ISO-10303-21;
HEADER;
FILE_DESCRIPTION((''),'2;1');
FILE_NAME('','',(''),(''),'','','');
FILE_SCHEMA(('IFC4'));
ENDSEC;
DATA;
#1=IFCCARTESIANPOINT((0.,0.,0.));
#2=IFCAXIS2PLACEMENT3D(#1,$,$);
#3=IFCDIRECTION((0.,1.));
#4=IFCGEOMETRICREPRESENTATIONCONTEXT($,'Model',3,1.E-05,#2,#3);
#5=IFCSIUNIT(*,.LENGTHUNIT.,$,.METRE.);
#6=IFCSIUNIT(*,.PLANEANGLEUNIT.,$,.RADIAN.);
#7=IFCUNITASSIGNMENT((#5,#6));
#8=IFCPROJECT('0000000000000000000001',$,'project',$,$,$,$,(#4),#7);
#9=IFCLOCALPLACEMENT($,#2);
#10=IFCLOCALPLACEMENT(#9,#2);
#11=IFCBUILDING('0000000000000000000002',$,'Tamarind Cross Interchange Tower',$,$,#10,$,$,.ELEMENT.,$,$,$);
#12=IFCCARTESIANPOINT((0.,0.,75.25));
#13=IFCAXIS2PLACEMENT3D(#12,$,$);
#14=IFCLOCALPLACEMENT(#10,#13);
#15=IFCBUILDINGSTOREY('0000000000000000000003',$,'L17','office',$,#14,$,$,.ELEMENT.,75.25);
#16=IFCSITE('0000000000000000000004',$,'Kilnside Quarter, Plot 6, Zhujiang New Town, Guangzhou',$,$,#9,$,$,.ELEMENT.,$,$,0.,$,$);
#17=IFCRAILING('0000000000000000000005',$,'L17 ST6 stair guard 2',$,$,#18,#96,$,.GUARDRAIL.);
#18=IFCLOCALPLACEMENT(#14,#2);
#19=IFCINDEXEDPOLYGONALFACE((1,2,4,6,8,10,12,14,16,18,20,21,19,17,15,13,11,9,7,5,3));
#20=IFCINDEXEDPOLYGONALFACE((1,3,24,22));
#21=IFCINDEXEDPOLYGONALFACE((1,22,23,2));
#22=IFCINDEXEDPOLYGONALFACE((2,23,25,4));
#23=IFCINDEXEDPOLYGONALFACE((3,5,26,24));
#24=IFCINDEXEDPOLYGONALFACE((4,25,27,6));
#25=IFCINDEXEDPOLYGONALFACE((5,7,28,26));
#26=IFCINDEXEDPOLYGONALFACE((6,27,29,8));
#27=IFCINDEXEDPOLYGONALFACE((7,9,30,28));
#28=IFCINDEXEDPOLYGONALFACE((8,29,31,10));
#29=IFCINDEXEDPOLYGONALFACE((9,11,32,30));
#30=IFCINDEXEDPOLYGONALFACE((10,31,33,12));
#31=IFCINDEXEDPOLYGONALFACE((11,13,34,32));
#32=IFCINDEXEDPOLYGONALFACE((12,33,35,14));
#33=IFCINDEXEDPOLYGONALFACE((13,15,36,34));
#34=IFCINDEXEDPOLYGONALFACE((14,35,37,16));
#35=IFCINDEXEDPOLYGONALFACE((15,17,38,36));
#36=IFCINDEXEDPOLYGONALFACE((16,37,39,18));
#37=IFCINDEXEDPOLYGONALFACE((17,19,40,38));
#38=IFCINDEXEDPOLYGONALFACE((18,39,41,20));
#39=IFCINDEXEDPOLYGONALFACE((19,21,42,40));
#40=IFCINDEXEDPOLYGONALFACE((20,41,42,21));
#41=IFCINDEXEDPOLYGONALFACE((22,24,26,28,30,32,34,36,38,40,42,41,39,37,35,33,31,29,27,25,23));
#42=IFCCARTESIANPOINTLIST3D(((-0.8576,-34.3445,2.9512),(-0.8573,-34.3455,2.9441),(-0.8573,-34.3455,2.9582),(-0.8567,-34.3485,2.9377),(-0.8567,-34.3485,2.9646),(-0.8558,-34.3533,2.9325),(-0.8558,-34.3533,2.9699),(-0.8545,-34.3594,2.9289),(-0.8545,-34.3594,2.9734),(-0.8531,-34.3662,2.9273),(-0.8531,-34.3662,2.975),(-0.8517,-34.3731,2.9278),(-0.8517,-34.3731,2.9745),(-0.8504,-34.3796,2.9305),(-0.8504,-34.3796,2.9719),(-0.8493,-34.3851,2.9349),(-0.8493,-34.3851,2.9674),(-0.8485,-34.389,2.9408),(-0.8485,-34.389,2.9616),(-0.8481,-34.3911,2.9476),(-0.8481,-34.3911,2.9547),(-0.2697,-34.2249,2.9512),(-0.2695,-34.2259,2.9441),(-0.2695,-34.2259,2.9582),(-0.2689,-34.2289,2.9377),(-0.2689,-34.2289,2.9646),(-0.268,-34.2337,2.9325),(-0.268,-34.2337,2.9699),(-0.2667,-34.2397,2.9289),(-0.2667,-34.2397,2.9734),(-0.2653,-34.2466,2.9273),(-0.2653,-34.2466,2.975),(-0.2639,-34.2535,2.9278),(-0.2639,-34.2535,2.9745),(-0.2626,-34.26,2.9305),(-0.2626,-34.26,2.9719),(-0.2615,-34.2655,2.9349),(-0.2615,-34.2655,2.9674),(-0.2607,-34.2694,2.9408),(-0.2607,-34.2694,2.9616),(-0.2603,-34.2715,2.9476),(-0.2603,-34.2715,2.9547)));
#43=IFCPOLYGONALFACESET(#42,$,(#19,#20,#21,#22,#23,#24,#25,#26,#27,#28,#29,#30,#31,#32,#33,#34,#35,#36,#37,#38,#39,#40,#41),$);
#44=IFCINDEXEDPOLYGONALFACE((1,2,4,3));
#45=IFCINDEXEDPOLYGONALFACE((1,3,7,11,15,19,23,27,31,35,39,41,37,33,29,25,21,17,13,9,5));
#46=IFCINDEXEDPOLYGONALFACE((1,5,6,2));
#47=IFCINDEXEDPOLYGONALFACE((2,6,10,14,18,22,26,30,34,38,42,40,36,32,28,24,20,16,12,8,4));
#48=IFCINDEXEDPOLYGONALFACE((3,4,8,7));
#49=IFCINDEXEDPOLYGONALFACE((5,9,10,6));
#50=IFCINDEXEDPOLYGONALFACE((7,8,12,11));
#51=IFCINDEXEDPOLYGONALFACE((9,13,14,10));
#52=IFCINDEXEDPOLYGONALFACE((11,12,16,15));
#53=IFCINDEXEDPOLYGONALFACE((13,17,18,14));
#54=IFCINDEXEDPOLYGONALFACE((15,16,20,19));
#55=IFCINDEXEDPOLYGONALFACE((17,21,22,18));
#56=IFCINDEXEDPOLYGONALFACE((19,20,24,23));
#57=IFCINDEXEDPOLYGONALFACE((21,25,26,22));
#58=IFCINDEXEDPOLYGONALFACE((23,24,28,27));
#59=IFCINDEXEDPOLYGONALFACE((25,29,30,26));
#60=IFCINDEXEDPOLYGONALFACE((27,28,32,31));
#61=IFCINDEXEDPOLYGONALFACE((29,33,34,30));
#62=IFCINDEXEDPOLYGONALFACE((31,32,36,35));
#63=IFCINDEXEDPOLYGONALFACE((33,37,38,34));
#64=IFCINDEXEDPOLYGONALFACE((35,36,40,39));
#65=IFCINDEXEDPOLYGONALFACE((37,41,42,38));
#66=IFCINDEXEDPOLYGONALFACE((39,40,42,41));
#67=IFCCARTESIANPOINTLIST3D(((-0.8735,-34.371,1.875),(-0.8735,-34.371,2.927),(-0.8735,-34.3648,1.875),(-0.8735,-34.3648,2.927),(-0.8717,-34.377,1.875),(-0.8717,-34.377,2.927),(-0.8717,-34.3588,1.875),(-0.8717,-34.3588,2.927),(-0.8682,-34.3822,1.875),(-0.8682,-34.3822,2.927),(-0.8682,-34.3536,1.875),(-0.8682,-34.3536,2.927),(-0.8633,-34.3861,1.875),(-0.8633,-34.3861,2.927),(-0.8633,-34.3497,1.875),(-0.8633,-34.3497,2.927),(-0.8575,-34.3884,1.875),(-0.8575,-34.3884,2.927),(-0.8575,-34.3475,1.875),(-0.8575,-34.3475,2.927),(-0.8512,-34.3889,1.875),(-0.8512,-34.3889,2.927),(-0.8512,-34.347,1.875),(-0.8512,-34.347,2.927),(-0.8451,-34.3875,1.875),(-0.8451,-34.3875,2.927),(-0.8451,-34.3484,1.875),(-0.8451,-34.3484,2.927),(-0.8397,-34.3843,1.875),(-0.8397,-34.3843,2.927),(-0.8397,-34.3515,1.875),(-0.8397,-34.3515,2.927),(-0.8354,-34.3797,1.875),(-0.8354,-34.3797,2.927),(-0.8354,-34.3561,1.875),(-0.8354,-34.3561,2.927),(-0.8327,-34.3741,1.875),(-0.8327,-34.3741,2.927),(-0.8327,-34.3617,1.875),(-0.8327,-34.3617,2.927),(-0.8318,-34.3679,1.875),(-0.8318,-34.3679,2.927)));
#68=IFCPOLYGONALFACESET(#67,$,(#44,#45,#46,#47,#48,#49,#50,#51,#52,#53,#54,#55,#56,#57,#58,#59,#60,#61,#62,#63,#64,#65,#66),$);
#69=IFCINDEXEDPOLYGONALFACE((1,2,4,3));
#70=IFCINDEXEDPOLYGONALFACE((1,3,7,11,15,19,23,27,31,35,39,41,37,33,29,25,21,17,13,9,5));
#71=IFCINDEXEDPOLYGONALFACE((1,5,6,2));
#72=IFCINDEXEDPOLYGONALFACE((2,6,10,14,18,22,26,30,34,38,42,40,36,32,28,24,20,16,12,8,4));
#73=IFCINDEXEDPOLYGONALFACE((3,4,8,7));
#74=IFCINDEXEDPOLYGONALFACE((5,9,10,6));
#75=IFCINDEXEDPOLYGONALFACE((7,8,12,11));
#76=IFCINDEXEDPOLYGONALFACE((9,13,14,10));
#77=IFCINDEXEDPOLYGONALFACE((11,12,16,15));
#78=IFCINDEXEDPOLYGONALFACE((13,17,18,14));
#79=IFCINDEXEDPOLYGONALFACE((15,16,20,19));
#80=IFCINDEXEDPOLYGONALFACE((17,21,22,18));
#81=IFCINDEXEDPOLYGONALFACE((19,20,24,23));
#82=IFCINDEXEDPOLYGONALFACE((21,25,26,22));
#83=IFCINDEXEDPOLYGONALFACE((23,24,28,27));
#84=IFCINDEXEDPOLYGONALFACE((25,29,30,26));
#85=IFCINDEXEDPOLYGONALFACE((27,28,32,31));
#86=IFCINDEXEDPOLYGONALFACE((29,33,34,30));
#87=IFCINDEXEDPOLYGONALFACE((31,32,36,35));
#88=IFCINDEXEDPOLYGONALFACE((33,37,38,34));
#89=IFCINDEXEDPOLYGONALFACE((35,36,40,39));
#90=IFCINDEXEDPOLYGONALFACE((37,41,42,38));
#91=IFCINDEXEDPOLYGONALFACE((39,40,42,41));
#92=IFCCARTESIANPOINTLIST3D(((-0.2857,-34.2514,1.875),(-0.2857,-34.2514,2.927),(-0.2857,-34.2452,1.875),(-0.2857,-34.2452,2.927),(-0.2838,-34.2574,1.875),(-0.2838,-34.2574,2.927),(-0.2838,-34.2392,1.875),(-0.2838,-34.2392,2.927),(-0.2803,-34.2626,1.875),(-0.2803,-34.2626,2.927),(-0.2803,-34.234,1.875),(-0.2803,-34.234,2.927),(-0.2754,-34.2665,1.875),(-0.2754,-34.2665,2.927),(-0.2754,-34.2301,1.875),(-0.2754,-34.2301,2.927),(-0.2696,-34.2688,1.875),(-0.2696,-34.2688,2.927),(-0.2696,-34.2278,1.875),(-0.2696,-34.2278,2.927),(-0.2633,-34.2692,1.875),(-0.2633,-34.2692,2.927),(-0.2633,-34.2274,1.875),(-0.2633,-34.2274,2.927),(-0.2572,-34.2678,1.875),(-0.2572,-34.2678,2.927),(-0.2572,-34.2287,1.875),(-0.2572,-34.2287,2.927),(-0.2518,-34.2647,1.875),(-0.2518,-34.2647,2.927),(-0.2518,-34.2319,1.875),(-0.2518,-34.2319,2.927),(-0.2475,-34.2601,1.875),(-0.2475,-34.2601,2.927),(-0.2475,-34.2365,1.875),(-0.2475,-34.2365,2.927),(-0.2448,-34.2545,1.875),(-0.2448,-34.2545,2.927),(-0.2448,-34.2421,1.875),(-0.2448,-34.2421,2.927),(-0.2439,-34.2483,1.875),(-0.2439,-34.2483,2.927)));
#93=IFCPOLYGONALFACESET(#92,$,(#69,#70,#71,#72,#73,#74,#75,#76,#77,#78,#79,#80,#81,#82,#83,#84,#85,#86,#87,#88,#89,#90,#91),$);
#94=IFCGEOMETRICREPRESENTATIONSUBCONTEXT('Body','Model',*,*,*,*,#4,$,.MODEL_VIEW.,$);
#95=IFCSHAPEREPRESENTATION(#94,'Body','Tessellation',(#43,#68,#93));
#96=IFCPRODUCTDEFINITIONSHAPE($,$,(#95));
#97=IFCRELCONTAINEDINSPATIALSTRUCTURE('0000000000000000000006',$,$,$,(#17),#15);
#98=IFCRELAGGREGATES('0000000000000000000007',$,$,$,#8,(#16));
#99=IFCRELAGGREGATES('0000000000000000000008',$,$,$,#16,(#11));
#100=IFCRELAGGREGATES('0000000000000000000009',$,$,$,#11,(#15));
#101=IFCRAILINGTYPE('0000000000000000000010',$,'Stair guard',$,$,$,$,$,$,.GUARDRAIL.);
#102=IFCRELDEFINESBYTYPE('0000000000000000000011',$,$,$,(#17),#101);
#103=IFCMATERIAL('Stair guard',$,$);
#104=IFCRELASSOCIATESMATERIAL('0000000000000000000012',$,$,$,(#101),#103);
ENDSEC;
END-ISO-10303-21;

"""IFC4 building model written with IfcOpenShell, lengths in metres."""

from ifc_helpers import new_model, si_unit, direction, frame, origin, origin_2d, place, context, subcontext, project, spatial, circle, extrude, material, type_object, element, save


model = new_model("IFC4")

# Units and contexts
model_context = context("Model", 3, precision=1e-05, world=origin(), true_north=direction((0.0, 1.0)))
body_context = subcontext(model_context, "Body", "Model", "MODEL_VIEW")
ifc_project = project(units=[si_unit("LENGTHUNIT", "METRE"), si_unit("PLANEANGLEUNIT", "RADIAN")], contexts=[model_context])

# Site, building, storey
site_placement = place(None, origin())
site = spatial("IfcSite", under=ifc_project, at=site_placement, Name="Kilnside Quarter, Plot 6, Zhujiang New Town, Guangzhou", CompositionType="ELEMENT", RefElevation=0.0)
building_placement = place(site_placement, origin())
building = spatial("IfcBuilding", under=site, at=building_placement, Name="Tamarind Cross Interchange Tower", CompositionType="ELEMENT")
storey_placement = place(building_placement, frame((0.0, 0.0, 75.25)))
storey = spatial("IfcBuildingStorey", under=building, at=storey_placement, Name="L17", Description="office", CompositionType="ELEMENT", Elevation=75.25)

# Railing
ifc_material_1 = material(Name="Stair guard")
railing_type_1 = type_object("IfcRailingType", Name="Stair guard", PredefinedType="GUARDRAIL", material=ifc_material_1)
railing_1_placement = place(storey_placement, frame((-0.8528, -34.3679, 1.875)))
element("IfcRailing", 1, at=railing_1_placement, inside=storey, type_object=railing_type_1, Name="L17 ST6 stair guard 2", PredefinedType="GUARDRAIL", context=body_context, shape_type="SweptSolid", body=[
    extrude(circle(Radius=0.0239, at=origin_2d()), frame((0.0, 0.0, 1.0762), z_axis=(0.979918, 0.199402, 0.0), x_axis=(-0.199402, 0.979918, 0.0)), (0.0, 0.0, 1.0), 0.5999),
    extrude(circle(Radius=0.021, at=origin_2d()), origin(), (0.0, 0.0, 1.0), 1.052),
    extrude(circle(Radius=0.021, at=origin_2d()), frame((0.5879, 0.1196, 0.0)), (0.0, 0.0, 1.0), 1.052),
])

save(model, "model.ifc")
